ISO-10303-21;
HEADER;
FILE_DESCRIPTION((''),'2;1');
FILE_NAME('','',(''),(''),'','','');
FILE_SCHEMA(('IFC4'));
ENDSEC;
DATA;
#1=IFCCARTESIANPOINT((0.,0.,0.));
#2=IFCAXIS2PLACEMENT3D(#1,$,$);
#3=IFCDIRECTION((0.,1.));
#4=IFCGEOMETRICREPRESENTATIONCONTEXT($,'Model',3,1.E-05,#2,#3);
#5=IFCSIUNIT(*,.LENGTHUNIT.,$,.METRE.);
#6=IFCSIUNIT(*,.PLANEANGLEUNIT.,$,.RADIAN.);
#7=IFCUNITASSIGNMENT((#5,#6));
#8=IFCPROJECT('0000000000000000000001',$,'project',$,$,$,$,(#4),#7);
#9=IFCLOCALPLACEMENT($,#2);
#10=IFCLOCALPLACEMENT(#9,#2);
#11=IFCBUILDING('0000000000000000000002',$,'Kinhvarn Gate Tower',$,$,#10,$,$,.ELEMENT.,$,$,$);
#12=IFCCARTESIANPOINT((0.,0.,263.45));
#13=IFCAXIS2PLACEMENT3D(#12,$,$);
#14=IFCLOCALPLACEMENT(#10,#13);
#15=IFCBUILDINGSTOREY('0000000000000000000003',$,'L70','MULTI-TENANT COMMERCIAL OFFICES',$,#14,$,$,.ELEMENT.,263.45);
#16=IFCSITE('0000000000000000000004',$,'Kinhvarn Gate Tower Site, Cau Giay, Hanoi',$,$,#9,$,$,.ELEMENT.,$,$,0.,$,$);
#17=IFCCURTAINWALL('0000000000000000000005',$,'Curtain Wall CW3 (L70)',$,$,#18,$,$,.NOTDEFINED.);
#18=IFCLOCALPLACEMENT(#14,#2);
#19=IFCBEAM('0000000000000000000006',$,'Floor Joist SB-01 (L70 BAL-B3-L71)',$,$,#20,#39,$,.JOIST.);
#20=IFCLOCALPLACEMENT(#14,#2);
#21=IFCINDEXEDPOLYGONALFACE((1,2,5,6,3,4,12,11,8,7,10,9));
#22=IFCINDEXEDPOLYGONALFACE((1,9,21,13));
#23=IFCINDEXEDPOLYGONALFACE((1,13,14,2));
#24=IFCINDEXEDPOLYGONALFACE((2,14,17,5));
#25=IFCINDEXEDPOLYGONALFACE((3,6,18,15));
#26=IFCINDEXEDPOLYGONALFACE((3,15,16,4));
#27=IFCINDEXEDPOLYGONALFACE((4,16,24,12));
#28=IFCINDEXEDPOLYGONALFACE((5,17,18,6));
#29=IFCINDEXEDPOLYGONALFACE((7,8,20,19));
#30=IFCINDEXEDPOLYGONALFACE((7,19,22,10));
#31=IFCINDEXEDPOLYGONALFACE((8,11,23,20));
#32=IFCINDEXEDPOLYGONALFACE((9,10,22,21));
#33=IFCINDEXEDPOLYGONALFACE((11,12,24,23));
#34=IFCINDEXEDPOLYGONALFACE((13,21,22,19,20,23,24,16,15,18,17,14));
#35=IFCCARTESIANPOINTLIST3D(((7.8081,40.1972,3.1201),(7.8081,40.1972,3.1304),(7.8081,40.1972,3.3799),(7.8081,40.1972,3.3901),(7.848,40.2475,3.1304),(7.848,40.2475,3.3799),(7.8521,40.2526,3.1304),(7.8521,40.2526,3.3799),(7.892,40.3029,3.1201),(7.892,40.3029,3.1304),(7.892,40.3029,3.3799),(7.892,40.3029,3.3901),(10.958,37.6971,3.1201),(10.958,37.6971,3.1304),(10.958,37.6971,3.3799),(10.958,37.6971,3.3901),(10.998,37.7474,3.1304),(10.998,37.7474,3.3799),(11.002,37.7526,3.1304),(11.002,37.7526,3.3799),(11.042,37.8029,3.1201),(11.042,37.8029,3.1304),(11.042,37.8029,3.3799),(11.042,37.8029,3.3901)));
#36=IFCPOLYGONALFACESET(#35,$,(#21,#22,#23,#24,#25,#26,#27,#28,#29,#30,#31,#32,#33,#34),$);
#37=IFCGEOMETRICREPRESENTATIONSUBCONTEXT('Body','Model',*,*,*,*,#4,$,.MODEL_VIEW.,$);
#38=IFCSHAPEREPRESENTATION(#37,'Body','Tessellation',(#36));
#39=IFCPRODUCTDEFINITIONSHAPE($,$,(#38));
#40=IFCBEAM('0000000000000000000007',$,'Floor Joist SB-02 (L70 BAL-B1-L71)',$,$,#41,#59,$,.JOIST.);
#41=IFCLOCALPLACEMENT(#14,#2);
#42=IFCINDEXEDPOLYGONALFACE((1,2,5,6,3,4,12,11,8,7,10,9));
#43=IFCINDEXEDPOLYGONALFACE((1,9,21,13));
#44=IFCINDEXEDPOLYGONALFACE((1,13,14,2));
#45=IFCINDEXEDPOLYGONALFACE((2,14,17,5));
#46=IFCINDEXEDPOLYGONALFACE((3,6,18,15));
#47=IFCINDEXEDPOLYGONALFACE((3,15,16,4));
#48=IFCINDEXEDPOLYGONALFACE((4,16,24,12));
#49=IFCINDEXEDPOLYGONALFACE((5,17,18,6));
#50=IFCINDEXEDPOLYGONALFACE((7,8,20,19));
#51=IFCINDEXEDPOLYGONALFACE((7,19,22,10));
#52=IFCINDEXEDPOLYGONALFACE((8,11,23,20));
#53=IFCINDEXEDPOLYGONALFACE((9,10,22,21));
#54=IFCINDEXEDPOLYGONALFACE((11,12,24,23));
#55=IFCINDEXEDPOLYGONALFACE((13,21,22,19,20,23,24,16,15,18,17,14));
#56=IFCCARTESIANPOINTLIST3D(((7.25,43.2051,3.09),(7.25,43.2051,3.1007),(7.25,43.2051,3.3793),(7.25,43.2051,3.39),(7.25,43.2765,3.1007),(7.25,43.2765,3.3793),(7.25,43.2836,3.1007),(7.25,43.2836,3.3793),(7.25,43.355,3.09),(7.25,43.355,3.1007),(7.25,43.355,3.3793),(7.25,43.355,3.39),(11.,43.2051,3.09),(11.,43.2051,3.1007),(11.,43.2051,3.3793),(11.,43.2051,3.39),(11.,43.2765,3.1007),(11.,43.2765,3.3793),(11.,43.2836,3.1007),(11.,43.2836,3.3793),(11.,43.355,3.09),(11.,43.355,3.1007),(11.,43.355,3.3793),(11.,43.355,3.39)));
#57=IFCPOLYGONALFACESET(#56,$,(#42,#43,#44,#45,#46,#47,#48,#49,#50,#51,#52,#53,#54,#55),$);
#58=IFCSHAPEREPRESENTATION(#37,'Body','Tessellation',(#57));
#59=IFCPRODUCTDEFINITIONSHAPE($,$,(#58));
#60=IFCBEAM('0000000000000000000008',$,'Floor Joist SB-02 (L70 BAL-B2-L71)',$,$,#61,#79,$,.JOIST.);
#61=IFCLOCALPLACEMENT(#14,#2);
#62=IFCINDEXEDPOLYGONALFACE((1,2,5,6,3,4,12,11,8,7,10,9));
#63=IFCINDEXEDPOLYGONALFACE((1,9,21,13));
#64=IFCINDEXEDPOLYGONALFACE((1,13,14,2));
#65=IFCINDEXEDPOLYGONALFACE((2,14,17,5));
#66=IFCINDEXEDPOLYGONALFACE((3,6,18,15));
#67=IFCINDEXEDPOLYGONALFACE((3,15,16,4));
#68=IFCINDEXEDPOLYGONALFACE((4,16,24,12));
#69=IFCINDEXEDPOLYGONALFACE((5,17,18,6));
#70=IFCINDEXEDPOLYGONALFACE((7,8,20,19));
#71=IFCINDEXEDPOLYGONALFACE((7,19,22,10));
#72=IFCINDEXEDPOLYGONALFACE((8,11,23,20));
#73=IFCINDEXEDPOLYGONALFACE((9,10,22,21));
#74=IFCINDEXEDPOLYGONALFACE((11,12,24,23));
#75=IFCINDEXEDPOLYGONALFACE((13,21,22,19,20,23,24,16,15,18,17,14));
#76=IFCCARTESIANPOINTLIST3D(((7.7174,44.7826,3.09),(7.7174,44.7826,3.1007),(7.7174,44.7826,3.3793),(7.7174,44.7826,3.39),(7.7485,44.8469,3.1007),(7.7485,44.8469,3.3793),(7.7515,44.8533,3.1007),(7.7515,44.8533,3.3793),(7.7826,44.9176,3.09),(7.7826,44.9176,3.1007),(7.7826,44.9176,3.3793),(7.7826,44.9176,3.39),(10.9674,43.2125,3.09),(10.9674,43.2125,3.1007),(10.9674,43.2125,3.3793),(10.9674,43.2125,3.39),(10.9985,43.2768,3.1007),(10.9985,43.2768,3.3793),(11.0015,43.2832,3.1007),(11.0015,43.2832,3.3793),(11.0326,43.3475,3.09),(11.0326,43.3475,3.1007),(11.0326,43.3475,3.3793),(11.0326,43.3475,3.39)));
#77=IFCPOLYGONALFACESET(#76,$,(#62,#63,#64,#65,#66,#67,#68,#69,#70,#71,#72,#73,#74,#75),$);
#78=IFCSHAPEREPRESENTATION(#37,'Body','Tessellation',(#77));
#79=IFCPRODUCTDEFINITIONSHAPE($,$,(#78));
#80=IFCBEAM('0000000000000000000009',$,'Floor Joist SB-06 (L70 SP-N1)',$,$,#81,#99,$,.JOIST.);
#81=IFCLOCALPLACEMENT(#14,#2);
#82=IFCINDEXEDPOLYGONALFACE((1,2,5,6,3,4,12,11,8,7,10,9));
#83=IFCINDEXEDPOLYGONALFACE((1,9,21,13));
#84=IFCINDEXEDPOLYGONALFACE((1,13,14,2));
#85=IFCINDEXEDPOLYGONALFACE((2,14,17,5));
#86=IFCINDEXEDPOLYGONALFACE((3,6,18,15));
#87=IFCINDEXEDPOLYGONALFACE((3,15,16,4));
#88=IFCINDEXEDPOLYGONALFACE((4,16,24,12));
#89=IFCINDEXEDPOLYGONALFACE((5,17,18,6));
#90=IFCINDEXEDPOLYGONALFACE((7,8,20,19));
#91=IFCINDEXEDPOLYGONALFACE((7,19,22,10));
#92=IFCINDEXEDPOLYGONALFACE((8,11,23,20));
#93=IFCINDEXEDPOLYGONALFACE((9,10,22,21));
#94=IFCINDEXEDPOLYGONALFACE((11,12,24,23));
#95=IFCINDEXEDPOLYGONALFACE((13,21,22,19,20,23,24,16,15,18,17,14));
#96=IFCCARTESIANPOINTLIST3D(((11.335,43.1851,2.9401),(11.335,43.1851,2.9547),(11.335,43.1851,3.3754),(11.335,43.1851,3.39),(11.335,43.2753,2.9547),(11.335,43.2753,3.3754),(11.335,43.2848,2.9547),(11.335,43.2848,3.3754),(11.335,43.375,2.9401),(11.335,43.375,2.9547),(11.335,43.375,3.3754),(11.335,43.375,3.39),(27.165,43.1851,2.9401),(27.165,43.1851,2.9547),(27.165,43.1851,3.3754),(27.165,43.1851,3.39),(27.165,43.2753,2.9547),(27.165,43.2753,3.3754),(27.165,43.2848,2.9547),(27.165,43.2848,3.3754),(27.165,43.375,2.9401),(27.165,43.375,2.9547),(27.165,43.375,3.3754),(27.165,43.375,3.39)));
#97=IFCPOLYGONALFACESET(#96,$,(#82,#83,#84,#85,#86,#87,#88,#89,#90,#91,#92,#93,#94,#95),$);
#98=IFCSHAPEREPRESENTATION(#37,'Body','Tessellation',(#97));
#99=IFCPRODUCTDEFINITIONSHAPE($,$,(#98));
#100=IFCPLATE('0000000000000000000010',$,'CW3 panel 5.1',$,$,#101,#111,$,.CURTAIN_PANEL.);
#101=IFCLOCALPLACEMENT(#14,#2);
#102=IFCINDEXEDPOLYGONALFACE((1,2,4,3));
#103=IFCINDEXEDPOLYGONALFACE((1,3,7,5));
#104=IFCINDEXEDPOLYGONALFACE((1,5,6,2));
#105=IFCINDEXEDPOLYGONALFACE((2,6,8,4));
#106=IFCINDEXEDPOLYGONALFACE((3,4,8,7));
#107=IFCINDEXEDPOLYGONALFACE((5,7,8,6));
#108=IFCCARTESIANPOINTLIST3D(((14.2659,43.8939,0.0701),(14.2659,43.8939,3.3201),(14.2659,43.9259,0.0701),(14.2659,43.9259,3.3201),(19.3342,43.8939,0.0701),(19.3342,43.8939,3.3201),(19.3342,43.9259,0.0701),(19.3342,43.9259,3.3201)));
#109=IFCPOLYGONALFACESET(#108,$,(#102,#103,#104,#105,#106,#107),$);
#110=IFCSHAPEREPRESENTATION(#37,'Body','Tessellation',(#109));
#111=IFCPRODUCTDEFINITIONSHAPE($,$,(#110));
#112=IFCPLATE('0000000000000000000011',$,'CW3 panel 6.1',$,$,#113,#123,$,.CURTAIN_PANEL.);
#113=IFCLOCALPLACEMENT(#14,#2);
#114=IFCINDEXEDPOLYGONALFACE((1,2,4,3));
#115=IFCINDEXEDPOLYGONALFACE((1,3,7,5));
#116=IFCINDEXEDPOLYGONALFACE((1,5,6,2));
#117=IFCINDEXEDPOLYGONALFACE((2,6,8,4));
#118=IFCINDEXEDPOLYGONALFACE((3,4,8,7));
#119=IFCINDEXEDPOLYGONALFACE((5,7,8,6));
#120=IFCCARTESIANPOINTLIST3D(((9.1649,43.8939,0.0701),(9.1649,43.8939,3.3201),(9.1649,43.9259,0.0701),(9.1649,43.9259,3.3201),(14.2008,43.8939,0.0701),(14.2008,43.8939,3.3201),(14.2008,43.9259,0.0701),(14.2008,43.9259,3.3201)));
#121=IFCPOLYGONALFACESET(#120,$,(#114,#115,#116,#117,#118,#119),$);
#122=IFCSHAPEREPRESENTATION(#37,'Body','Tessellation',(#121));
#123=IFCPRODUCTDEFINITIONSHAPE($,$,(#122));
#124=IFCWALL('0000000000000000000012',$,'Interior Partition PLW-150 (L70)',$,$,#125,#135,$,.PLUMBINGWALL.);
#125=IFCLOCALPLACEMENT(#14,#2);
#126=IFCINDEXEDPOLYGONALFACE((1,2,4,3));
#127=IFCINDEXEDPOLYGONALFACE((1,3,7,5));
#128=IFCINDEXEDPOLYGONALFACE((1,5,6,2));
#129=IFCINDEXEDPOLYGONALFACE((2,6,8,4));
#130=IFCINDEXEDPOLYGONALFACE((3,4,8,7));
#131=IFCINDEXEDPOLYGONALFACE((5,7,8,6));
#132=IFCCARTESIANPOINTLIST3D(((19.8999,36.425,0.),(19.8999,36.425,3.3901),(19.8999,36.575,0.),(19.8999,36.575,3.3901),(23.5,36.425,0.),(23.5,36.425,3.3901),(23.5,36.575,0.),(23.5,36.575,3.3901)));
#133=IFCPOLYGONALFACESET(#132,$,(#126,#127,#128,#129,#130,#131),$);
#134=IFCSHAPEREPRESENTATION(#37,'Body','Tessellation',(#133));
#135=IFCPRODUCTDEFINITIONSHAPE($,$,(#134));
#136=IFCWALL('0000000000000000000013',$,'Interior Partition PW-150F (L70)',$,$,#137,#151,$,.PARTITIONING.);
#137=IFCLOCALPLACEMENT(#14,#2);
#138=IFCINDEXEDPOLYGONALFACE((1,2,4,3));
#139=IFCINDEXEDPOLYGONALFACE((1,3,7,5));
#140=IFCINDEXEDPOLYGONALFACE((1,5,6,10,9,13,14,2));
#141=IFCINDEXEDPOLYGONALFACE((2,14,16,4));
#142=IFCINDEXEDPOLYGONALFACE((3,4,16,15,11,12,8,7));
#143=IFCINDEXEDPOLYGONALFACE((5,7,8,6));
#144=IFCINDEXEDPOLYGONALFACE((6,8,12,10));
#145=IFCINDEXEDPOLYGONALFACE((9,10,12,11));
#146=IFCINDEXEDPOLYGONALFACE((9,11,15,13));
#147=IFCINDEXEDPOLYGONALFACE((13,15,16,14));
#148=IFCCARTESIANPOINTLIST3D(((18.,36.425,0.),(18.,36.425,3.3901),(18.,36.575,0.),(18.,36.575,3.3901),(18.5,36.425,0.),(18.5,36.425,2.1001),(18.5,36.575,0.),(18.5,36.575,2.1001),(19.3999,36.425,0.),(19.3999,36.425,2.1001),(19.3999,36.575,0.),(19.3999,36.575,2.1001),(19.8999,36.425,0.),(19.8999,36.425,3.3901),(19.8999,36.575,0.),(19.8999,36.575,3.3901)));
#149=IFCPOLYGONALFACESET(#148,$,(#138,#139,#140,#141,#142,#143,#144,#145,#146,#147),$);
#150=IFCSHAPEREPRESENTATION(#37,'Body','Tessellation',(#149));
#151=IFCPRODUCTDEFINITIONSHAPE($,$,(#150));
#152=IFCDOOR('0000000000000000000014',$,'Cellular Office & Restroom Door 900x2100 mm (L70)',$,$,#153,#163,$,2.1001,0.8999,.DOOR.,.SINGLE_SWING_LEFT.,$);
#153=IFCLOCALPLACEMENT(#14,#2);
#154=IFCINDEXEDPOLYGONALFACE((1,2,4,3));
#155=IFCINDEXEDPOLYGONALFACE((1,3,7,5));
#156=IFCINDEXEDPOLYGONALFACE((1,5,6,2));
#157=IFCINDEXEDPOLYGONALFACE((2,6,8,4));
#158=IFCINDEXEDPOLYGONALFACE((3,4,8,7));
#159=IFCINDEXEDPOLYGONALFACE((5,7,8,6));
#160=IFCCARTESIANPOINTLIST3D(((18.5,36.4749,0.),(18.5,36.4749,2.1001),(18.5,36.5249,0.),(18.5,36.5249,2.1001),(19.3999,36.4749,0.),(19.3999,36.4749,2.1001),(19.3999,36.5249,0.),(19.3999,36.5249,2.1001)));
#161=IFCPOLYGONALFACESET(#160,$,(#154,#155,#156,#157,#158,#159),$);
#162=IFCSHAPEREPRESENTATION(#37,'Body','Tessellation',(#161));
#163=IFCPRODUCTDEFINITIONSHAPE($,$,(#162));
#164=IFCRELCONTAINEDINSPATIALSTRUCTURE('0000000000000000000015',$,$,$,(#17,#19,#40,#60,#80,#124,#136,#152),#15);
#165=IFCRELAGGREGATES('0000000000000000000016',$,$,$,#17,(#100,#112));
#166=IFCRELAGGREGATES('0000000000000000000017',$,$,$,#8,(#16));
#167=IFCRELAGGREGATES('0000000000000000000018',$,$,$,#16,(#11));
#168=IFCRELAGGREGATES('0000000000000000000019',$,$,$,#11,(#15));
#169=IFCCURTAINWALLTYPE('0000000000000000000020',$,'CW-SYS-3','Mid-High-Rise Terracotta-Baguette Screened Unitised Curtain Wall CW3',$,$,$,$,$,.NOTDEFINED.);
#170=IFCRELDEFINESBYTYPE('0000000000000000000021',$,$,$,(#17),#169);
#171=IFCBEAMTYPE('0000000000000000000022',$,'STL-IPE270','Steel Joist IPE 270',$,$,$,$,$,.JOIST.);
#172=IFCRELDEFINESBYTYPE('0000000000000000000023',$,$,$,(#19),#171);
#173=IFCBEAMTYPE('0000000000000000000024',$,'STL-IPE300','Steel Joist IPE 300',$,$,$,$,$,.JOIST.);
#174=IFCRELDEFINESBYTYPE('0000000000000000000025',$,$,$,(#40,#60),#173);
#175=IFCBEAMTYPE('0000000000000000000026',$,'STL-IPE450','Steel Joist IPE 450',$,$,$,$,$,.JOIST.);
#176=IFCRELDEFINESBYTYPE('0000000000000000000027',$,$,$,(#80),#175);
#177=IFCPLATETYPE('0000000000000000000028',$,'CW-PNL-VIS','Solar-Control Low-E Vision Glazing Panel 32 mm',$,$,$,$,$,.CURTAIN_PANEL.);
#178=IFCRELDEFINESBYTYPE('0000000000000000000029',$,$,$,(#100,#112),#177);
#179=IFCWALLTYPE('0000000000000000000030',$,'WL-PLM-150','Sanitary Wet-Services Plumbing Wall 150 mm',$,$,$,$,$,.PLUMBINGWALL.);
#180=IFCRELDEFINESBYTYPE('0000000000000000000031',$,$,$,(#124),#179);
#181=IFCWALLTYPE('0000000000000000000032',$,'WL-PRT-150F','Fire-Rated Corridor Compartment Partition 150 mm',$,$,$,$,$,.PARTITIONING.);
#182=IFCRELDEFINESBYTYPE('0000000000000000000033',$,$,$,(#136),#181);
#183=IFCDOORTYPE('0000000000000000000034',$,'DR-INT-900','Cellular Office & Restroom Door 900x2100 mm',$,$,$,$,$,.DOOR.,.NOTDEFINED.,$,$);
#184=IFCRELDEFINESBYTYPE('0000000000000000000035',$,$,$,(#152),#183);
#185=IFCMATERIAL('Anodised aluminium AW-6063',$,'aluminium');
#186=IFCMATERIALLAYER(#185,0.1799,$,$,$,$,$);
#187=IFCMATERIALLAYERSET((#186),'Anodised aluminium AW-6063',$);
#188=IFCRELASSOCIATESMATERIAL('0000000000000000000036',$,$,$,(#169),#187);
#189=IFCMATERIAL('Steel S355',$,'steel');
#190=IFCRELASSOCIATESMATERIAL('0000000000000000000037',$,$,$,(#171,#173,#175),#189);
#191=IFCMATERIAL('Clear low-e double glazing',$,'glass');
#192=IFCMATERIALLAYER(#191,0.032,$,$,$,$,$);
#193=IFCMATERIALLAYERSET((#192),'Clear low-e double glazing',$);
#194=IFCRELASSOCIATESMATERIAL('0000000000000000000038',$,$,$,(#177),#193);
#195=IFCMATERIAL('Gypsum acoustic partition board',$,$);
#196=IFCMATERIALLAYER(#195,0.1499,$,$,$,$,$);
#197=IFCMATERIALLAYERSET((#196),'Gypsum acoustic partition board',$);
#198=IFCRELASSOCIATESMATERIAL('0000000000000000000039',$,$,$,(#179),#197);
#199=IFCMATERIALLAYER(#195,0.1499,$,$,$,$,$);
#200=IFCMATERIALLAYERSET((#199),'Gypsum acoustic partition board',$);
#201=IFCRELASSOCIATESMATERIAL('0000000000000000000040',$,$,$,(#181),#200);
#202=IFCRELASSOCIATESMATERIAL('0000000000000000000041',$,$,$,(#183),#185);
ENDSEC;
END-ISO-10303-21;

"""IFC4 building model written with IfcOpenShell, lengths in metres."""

from ifc_helpers import new_model, si_unit, direction, frame, frame_2d, origin, origin_2d, place, context, subcontext, project, spatial, rectangle, i_section, extrude, material, layer, layer_set, material_profile, profile_set, type_object, element, fill, aggregate, save


model = new_model("IFC4")

# Units and contexts
model_context = context("Model", 3, precision=1e-05, world=origin(), true_north=direction((0.0, 1.0)))
body_context = subcontext(model_context, "Body", "Model", "MODEL_VIEW")
ifc_project = project(units=[si_unit("LENGTHUNIT", "METRE"), si_unit("PLANEANGLEUNIT", "RADIAN")], contexts=[model_context])

# Site, building, storey
site_placement = place(None, origin())
site = spatial("IfcSite", under=ifc_project, at=site_placement, Name="Kinhvarn Gate Tower Site, Cau Giay, Hanoi", CompositionType="ELEMENT", RefElevation=0.0)
building_placement = place(site_placement, origin())
building = spatial("IfcBuilding", under=site, at=building_placement, Name="Kinhvarn Gate Tower", CompositionType="ELEMENT")
storey_placement = place(building_placement, frame((0.0, 0.0, 263.45)))
storey = spatial("IfcBuildingStorey", under=building, at=storey_placement, Name="L70", Description="MULTI-TENANT COMMERCIAL OFFICES", CompositionType="ELEMENT", Elevation=263.45)

# Curtain wall
ifc_material_1 = material(Name="Anodised aluminium AW-6063", Category="aluminium")
ifc_layer_1 = layer(ifc_material_1, 0.1799)
ifc_layer_set_1 = layer_set([ifc_layer_1], Name="Anodised aluminium AW-6063")
curtain_wall_type = type_object("IfcCurtainWallType", Name="CW-SYS-3", Description="Mid-High-Rise Terracotta-Baguette Screened Unitised Curtain Wall CW3", PredefinedType="NOTDEFINED", material=ifc_layer_set_1)
curtain_wall_placement = place(storey_placement, origin())
curtain_wall = element("IfcCurtainWall", 1, at=curtain_wall_placement, inside=storey, type_object=curtain_wall_type, Name="Curtain Wall CW3 (L70)", PredefinedType="NOTDEFINED")

# Beams
ifc_material_2 = material(Name="Steel S355", Category="steel")
ifc_material_profile_1 = material_profile(ifc_material_2, i_section(OverallWidth=0.135, OverallDepth=0.27, WebThickness=0.0066, FlangeThickness=0.0103, at=origin_2d()), Name="IPE 270")
ifc_profile_set_1 = profile_set([ifc_material_profile_1], Name="Steel S355")
beam_type_1 = type_object("IfcBeamType", Name="STL-IPE270", Description="Steel Joist IPE 270", PredefinedType="JOIST", material=ifc_profile_set_1)
beam_1_placement = place(storey_placement, frame((11.0, 37.75, 3.2551), z_axis=(-0.78328, 0.62167, 0.0), x_axis=(-0.62167, -0.78328, 0.0)))
element("IfcBeam", 2, at=beam_1_placement, inside=storey, type_object=beam_type_1, Name="Floor Joist SB-01 (L70 BAL-B3-L71)", PredefinedType="JOIST", context=body_context, shape_type="SweptSolid", body=[
    extrude(i_section(OverallWidth=0.135, OverallDepth=0.27, WebThickness=0.0066, FlangeThickness=0.0103, at=origin_2d()), origin(), (0.0, 0.0, 1.0), 4.0215),
])
ifc_material_profile_2 = material_profile(ifc_material_2, i_section(OverallWidth=0.1499, OverallDepth=0.3, WebThickness=0.0071, FlangeThickness=0.0107, at=origin_2d()), Name="IPE 300")
ifc_profile_set_2 = profile_set([ifc_material_profile_2], Name="Steel S355")
beam_type_2 = type_object("IfcBeamType", Name="STL-IPE300", Description="Steel Joist IPE 300", PredefinedType="JOIST", material=ifc_profile_set_2)
beam_2_placement = place(storey_placement, frame((11.0, 43.28, 3.24), z_axis=(-1.0, 0.0, 0.0), x_axis=(0.0, -1.0, 0.0)))
element("IfcBeam", 3, at=beam_2_placement, inside=storey, type_object=beam_type_2, Name="Floor Joist SB-02 (L70 BAL-B1-L71)", PredefinedType="JOIST", context=body_context, shape_type="SweptSolid", body=[
    extrude(i_section(OverallWidth=0.1499, OverallDepth=0.3, WebThickness=0.0071, FlangeThickness=0.0107, at=origin_2d()), origin(), (0.0, 0.0, 1.0), 3.75),
])
beam_3_placement = place(storey_placement, frame((11.0, 43.28, 3.24), z_axis=(-0.900432, 0.434997, 0.0), x_axis=(-0.434997, -0.900432, 0.0)))
element("IfcBeam", 4, at=beam_3_placement, inside=storey, type_object=beam_type_2, Name="Floor Joist SB-02 (L70 BAL-B2-L71)", PredefinedType="JOIST", context=body_context, shape_type="SweptSolid", body=[
    extrude(i_section(OverallWidth=0.1499, OverallDepth=0.3, WebThickness=0.0071, FlangeThickness=0.0107, at=origin_2d()), origin(), (0.0, 0.0, 1.0), 3.6094),
])
ifc_material_profile_3 = material_profile(ifc_material_2, i_section(OverallWidth=0.1899, OverallDepth=0.45, WebThickness=0.0095, FlangeThickness=0.0146, at=origin_2d()), Name="IPE 450")
ifc_profile_set_3 = profile_set([ifc_material_profile_3], Name="Steel S355")
beam_type_3 = type_object("IfcBeamType", Name="STL-IPE450", Description="Steel Joist IPE 450", PredefinedType="JOIST", material=ifc_profile_set_3)
beam_4_placement = place(storey_placement, frame((11.335, 43.28, 3.165), z_axis=(1.0, 0.0, 0.0), x_axis=(0.0, 1.0, 0.0)))
element("IfcBeam", 5, at=beam_4_placement, inside=storey, type_object=beam_type_3, Name="Floor Joist SB-06 (L70 SP-N1)", PredefinedType="JOIST", context=body_context, shape_type="SweptSolid", body=[
    extrude(i_section(OverallWidth=0.1899, OverallDepth=0.45, WebThickness=0.0095, FlangeThickness=0.0146, at=origin_2d()), origin(), (0.0, 0.0, 1.0), 15.8301),
])

# Plates
ifc_material_3 = material(Name="Clear low-e double glazing", Category="glass")
ifc_layer_2 = layer(ifc_material_3, 0.032)
ifc_layer_set_2 = layer_set([ifc_layer_2], Name="Clear low-e double glazing")
plate_type = type_object("IfcPlateType", Name="CW-PNL-VIS", Description="Solar-Control Low-E Vision Glazing Panel 32 mm", PredefinedType="CURTAIN_PANEL", material=ifc_layer_set_2)
plate_1_placement = place(storey_placement, frame((16.8, 43.9099, 0.0701), z_axis=(0.0, 0.0, 1.0), x_axis=(-1.0, 0.0, 0.0)))
plate_1 = element("IfcPlate", 6, at=plate_1_placement, type_object=plate_type, Name="CW3 panel 5.1", PredefinedType="CURTAIN_PANEL", context=body_context, shape_type="SweptSolid", body=[
    extrude(rectangle(XDim=5.0684, YDim=0.032, at=origin_2d()), origin(), (0.0, 0.0, 1.0), 3.25),
])
plate_2_placement = place(storey_placement, frame((11.6829, 43.9099, 0.0701), z_axis=(0.0, 0.0, 1.0), x_axis=(-1.0, 0.0, 0.0)))
plate_2 = element("IfcPlate", 7, at=plate_2_placement, type_object=plate_type, Name="CW3 panel 6.1", PredefinedType="CURTAIN_PANEL", context=body_context, shape_type="SweptSolid", body=[
    extrude(rectangle(XDim=5.0359, YDim=0.032, at=origin_2d()), origin(), (0.0, 0.0, 1.0), 3.25),
])
aggregate(curtain_wall, [plate_1, plate_2])

# Wall
ifc_material_4 = material(Name="Gypsum acoustic partition board")
ifc_layer_3 = layer(ifc_material_4, 0.1499)
ifc_layer_set_3 = layer_set([ifc_layer_3], Name="Gypsum acoustic partition board")
wall_type_1 = type_object("IfcWallType", Name="WL-PLM-150", Description="Sanitary Wet-Services Plumbing Wall 150 mm", PredefinedType="PLUMBINGWALL", material=ifc_layer_set_3)
wall_1_placement = place(storey_placement, frame((19.8999, 36.5, 0.0), z_axis=(0.0, 0.0, 1.0), x_axis=(1.0, 0.0, 0.0)))
element("IfcWall", 8, at=wall_1_placement, inside=storey, type_object=wall_type_1, Name="Interior Partition PLW-150 (L70)", PredefinedType="PLUMBINGWALL", context=body_context, shape_type="SweptSolid", body=[
    extrude(rectangle(XDim=3.6001, YDim=0.1499, at=frame_2d((1.8, 0.0))), origin(), (0.0, 0.0, 1.0), 3.3901),
])

# Wall, opening, door
ifc_layer_4 = layer(ifc_material_4, 0.1499)
ifc_layer_set_4 = layer_set([ifc_layer_4], Name="Gypsum acoustic partition board")
wall_type_2 = type_object("IfcWallType", Name="WL-PRT-150F", Description="Fire-Rated Corridor Compartment Partition 150 mm", PredefinedType="PARTITIONING", material=ifc_layer_set_4)
wall_2_placement = place(storey_placement, frame((18.0, 36.5, 0.0), z_axis=(0.0, 0.0, 1.0), x_axis=(1.0, 0.0, 0.0)))
wall_2 = element("IfcWall", 9, at=wall_2_placement, inside=storey, type_object=wall_type_2, Name="Interior Partition PW-150F (L70)", PredefinedType="PARTITIONING", context=body_context, shape_type="SweptSolid", body=[
    extrude(rectangle(XDim=1.8999, YDim=0.1499, at=frame_2d((0.95, 0.0))), origin(), (0.0, 0.0, 1.0), 3.3901),
])
opening_placement = place(wall_2_placement, frame((0.5, 0.0, 0.0)))
opening = element("IfcOpeningElement", 10, at=opening_placement, cuts=wall_2, PredefinedType="OPENING", context=body_context, shape_type="SweptSolid", body=[
    extrude(rectangle(XDim=0.8999, YDim=2.1001, at=frame_2d((0.45, 1.05))), frame((0.0, 0.085, 0.0), z_axis=(0.0, -1.0, 0.0), x_axis=(1.0, 0.0, 0.0)), (0.0, 0.0, 1.0), 0.1699),
])
door_type = type_object("IfcDoorType", Name="DR-INT-900", Description="Cellular Office & Restroom Door 900x2100 mm", OperationType="NOTDEFINED", PredefinedType="DOOR", material=ifc_material_1)
door_placement = place(opening_placement, origin())
door = element("IfcDoor", 11, at=door_placement, inside=storey, type_object=door_type, Name="Cellular Office & Restroom Door 900x2100 mm (L70)", OperationType="SINGLE_SWING_LEFT", OverallHeight=2.1001, OverallWidth=0.8999, PredefinedType="DOOR", context=body_context, shape_type="SweptSolid", body=[
    extrude(rectangle(XDim=0.8999, YDim=2.1001, at=frame_2d((0.45, 1.05))), frame((0.0, 0.0249, 0.0), z_axis=(0.0, -1.0, 0.0), x_axis=(1.0, 0.0, 0.0)), (0.0, 0.0, 1.0), 0.05),
])
fill(opening, door)

save(model, "model.ifc")
